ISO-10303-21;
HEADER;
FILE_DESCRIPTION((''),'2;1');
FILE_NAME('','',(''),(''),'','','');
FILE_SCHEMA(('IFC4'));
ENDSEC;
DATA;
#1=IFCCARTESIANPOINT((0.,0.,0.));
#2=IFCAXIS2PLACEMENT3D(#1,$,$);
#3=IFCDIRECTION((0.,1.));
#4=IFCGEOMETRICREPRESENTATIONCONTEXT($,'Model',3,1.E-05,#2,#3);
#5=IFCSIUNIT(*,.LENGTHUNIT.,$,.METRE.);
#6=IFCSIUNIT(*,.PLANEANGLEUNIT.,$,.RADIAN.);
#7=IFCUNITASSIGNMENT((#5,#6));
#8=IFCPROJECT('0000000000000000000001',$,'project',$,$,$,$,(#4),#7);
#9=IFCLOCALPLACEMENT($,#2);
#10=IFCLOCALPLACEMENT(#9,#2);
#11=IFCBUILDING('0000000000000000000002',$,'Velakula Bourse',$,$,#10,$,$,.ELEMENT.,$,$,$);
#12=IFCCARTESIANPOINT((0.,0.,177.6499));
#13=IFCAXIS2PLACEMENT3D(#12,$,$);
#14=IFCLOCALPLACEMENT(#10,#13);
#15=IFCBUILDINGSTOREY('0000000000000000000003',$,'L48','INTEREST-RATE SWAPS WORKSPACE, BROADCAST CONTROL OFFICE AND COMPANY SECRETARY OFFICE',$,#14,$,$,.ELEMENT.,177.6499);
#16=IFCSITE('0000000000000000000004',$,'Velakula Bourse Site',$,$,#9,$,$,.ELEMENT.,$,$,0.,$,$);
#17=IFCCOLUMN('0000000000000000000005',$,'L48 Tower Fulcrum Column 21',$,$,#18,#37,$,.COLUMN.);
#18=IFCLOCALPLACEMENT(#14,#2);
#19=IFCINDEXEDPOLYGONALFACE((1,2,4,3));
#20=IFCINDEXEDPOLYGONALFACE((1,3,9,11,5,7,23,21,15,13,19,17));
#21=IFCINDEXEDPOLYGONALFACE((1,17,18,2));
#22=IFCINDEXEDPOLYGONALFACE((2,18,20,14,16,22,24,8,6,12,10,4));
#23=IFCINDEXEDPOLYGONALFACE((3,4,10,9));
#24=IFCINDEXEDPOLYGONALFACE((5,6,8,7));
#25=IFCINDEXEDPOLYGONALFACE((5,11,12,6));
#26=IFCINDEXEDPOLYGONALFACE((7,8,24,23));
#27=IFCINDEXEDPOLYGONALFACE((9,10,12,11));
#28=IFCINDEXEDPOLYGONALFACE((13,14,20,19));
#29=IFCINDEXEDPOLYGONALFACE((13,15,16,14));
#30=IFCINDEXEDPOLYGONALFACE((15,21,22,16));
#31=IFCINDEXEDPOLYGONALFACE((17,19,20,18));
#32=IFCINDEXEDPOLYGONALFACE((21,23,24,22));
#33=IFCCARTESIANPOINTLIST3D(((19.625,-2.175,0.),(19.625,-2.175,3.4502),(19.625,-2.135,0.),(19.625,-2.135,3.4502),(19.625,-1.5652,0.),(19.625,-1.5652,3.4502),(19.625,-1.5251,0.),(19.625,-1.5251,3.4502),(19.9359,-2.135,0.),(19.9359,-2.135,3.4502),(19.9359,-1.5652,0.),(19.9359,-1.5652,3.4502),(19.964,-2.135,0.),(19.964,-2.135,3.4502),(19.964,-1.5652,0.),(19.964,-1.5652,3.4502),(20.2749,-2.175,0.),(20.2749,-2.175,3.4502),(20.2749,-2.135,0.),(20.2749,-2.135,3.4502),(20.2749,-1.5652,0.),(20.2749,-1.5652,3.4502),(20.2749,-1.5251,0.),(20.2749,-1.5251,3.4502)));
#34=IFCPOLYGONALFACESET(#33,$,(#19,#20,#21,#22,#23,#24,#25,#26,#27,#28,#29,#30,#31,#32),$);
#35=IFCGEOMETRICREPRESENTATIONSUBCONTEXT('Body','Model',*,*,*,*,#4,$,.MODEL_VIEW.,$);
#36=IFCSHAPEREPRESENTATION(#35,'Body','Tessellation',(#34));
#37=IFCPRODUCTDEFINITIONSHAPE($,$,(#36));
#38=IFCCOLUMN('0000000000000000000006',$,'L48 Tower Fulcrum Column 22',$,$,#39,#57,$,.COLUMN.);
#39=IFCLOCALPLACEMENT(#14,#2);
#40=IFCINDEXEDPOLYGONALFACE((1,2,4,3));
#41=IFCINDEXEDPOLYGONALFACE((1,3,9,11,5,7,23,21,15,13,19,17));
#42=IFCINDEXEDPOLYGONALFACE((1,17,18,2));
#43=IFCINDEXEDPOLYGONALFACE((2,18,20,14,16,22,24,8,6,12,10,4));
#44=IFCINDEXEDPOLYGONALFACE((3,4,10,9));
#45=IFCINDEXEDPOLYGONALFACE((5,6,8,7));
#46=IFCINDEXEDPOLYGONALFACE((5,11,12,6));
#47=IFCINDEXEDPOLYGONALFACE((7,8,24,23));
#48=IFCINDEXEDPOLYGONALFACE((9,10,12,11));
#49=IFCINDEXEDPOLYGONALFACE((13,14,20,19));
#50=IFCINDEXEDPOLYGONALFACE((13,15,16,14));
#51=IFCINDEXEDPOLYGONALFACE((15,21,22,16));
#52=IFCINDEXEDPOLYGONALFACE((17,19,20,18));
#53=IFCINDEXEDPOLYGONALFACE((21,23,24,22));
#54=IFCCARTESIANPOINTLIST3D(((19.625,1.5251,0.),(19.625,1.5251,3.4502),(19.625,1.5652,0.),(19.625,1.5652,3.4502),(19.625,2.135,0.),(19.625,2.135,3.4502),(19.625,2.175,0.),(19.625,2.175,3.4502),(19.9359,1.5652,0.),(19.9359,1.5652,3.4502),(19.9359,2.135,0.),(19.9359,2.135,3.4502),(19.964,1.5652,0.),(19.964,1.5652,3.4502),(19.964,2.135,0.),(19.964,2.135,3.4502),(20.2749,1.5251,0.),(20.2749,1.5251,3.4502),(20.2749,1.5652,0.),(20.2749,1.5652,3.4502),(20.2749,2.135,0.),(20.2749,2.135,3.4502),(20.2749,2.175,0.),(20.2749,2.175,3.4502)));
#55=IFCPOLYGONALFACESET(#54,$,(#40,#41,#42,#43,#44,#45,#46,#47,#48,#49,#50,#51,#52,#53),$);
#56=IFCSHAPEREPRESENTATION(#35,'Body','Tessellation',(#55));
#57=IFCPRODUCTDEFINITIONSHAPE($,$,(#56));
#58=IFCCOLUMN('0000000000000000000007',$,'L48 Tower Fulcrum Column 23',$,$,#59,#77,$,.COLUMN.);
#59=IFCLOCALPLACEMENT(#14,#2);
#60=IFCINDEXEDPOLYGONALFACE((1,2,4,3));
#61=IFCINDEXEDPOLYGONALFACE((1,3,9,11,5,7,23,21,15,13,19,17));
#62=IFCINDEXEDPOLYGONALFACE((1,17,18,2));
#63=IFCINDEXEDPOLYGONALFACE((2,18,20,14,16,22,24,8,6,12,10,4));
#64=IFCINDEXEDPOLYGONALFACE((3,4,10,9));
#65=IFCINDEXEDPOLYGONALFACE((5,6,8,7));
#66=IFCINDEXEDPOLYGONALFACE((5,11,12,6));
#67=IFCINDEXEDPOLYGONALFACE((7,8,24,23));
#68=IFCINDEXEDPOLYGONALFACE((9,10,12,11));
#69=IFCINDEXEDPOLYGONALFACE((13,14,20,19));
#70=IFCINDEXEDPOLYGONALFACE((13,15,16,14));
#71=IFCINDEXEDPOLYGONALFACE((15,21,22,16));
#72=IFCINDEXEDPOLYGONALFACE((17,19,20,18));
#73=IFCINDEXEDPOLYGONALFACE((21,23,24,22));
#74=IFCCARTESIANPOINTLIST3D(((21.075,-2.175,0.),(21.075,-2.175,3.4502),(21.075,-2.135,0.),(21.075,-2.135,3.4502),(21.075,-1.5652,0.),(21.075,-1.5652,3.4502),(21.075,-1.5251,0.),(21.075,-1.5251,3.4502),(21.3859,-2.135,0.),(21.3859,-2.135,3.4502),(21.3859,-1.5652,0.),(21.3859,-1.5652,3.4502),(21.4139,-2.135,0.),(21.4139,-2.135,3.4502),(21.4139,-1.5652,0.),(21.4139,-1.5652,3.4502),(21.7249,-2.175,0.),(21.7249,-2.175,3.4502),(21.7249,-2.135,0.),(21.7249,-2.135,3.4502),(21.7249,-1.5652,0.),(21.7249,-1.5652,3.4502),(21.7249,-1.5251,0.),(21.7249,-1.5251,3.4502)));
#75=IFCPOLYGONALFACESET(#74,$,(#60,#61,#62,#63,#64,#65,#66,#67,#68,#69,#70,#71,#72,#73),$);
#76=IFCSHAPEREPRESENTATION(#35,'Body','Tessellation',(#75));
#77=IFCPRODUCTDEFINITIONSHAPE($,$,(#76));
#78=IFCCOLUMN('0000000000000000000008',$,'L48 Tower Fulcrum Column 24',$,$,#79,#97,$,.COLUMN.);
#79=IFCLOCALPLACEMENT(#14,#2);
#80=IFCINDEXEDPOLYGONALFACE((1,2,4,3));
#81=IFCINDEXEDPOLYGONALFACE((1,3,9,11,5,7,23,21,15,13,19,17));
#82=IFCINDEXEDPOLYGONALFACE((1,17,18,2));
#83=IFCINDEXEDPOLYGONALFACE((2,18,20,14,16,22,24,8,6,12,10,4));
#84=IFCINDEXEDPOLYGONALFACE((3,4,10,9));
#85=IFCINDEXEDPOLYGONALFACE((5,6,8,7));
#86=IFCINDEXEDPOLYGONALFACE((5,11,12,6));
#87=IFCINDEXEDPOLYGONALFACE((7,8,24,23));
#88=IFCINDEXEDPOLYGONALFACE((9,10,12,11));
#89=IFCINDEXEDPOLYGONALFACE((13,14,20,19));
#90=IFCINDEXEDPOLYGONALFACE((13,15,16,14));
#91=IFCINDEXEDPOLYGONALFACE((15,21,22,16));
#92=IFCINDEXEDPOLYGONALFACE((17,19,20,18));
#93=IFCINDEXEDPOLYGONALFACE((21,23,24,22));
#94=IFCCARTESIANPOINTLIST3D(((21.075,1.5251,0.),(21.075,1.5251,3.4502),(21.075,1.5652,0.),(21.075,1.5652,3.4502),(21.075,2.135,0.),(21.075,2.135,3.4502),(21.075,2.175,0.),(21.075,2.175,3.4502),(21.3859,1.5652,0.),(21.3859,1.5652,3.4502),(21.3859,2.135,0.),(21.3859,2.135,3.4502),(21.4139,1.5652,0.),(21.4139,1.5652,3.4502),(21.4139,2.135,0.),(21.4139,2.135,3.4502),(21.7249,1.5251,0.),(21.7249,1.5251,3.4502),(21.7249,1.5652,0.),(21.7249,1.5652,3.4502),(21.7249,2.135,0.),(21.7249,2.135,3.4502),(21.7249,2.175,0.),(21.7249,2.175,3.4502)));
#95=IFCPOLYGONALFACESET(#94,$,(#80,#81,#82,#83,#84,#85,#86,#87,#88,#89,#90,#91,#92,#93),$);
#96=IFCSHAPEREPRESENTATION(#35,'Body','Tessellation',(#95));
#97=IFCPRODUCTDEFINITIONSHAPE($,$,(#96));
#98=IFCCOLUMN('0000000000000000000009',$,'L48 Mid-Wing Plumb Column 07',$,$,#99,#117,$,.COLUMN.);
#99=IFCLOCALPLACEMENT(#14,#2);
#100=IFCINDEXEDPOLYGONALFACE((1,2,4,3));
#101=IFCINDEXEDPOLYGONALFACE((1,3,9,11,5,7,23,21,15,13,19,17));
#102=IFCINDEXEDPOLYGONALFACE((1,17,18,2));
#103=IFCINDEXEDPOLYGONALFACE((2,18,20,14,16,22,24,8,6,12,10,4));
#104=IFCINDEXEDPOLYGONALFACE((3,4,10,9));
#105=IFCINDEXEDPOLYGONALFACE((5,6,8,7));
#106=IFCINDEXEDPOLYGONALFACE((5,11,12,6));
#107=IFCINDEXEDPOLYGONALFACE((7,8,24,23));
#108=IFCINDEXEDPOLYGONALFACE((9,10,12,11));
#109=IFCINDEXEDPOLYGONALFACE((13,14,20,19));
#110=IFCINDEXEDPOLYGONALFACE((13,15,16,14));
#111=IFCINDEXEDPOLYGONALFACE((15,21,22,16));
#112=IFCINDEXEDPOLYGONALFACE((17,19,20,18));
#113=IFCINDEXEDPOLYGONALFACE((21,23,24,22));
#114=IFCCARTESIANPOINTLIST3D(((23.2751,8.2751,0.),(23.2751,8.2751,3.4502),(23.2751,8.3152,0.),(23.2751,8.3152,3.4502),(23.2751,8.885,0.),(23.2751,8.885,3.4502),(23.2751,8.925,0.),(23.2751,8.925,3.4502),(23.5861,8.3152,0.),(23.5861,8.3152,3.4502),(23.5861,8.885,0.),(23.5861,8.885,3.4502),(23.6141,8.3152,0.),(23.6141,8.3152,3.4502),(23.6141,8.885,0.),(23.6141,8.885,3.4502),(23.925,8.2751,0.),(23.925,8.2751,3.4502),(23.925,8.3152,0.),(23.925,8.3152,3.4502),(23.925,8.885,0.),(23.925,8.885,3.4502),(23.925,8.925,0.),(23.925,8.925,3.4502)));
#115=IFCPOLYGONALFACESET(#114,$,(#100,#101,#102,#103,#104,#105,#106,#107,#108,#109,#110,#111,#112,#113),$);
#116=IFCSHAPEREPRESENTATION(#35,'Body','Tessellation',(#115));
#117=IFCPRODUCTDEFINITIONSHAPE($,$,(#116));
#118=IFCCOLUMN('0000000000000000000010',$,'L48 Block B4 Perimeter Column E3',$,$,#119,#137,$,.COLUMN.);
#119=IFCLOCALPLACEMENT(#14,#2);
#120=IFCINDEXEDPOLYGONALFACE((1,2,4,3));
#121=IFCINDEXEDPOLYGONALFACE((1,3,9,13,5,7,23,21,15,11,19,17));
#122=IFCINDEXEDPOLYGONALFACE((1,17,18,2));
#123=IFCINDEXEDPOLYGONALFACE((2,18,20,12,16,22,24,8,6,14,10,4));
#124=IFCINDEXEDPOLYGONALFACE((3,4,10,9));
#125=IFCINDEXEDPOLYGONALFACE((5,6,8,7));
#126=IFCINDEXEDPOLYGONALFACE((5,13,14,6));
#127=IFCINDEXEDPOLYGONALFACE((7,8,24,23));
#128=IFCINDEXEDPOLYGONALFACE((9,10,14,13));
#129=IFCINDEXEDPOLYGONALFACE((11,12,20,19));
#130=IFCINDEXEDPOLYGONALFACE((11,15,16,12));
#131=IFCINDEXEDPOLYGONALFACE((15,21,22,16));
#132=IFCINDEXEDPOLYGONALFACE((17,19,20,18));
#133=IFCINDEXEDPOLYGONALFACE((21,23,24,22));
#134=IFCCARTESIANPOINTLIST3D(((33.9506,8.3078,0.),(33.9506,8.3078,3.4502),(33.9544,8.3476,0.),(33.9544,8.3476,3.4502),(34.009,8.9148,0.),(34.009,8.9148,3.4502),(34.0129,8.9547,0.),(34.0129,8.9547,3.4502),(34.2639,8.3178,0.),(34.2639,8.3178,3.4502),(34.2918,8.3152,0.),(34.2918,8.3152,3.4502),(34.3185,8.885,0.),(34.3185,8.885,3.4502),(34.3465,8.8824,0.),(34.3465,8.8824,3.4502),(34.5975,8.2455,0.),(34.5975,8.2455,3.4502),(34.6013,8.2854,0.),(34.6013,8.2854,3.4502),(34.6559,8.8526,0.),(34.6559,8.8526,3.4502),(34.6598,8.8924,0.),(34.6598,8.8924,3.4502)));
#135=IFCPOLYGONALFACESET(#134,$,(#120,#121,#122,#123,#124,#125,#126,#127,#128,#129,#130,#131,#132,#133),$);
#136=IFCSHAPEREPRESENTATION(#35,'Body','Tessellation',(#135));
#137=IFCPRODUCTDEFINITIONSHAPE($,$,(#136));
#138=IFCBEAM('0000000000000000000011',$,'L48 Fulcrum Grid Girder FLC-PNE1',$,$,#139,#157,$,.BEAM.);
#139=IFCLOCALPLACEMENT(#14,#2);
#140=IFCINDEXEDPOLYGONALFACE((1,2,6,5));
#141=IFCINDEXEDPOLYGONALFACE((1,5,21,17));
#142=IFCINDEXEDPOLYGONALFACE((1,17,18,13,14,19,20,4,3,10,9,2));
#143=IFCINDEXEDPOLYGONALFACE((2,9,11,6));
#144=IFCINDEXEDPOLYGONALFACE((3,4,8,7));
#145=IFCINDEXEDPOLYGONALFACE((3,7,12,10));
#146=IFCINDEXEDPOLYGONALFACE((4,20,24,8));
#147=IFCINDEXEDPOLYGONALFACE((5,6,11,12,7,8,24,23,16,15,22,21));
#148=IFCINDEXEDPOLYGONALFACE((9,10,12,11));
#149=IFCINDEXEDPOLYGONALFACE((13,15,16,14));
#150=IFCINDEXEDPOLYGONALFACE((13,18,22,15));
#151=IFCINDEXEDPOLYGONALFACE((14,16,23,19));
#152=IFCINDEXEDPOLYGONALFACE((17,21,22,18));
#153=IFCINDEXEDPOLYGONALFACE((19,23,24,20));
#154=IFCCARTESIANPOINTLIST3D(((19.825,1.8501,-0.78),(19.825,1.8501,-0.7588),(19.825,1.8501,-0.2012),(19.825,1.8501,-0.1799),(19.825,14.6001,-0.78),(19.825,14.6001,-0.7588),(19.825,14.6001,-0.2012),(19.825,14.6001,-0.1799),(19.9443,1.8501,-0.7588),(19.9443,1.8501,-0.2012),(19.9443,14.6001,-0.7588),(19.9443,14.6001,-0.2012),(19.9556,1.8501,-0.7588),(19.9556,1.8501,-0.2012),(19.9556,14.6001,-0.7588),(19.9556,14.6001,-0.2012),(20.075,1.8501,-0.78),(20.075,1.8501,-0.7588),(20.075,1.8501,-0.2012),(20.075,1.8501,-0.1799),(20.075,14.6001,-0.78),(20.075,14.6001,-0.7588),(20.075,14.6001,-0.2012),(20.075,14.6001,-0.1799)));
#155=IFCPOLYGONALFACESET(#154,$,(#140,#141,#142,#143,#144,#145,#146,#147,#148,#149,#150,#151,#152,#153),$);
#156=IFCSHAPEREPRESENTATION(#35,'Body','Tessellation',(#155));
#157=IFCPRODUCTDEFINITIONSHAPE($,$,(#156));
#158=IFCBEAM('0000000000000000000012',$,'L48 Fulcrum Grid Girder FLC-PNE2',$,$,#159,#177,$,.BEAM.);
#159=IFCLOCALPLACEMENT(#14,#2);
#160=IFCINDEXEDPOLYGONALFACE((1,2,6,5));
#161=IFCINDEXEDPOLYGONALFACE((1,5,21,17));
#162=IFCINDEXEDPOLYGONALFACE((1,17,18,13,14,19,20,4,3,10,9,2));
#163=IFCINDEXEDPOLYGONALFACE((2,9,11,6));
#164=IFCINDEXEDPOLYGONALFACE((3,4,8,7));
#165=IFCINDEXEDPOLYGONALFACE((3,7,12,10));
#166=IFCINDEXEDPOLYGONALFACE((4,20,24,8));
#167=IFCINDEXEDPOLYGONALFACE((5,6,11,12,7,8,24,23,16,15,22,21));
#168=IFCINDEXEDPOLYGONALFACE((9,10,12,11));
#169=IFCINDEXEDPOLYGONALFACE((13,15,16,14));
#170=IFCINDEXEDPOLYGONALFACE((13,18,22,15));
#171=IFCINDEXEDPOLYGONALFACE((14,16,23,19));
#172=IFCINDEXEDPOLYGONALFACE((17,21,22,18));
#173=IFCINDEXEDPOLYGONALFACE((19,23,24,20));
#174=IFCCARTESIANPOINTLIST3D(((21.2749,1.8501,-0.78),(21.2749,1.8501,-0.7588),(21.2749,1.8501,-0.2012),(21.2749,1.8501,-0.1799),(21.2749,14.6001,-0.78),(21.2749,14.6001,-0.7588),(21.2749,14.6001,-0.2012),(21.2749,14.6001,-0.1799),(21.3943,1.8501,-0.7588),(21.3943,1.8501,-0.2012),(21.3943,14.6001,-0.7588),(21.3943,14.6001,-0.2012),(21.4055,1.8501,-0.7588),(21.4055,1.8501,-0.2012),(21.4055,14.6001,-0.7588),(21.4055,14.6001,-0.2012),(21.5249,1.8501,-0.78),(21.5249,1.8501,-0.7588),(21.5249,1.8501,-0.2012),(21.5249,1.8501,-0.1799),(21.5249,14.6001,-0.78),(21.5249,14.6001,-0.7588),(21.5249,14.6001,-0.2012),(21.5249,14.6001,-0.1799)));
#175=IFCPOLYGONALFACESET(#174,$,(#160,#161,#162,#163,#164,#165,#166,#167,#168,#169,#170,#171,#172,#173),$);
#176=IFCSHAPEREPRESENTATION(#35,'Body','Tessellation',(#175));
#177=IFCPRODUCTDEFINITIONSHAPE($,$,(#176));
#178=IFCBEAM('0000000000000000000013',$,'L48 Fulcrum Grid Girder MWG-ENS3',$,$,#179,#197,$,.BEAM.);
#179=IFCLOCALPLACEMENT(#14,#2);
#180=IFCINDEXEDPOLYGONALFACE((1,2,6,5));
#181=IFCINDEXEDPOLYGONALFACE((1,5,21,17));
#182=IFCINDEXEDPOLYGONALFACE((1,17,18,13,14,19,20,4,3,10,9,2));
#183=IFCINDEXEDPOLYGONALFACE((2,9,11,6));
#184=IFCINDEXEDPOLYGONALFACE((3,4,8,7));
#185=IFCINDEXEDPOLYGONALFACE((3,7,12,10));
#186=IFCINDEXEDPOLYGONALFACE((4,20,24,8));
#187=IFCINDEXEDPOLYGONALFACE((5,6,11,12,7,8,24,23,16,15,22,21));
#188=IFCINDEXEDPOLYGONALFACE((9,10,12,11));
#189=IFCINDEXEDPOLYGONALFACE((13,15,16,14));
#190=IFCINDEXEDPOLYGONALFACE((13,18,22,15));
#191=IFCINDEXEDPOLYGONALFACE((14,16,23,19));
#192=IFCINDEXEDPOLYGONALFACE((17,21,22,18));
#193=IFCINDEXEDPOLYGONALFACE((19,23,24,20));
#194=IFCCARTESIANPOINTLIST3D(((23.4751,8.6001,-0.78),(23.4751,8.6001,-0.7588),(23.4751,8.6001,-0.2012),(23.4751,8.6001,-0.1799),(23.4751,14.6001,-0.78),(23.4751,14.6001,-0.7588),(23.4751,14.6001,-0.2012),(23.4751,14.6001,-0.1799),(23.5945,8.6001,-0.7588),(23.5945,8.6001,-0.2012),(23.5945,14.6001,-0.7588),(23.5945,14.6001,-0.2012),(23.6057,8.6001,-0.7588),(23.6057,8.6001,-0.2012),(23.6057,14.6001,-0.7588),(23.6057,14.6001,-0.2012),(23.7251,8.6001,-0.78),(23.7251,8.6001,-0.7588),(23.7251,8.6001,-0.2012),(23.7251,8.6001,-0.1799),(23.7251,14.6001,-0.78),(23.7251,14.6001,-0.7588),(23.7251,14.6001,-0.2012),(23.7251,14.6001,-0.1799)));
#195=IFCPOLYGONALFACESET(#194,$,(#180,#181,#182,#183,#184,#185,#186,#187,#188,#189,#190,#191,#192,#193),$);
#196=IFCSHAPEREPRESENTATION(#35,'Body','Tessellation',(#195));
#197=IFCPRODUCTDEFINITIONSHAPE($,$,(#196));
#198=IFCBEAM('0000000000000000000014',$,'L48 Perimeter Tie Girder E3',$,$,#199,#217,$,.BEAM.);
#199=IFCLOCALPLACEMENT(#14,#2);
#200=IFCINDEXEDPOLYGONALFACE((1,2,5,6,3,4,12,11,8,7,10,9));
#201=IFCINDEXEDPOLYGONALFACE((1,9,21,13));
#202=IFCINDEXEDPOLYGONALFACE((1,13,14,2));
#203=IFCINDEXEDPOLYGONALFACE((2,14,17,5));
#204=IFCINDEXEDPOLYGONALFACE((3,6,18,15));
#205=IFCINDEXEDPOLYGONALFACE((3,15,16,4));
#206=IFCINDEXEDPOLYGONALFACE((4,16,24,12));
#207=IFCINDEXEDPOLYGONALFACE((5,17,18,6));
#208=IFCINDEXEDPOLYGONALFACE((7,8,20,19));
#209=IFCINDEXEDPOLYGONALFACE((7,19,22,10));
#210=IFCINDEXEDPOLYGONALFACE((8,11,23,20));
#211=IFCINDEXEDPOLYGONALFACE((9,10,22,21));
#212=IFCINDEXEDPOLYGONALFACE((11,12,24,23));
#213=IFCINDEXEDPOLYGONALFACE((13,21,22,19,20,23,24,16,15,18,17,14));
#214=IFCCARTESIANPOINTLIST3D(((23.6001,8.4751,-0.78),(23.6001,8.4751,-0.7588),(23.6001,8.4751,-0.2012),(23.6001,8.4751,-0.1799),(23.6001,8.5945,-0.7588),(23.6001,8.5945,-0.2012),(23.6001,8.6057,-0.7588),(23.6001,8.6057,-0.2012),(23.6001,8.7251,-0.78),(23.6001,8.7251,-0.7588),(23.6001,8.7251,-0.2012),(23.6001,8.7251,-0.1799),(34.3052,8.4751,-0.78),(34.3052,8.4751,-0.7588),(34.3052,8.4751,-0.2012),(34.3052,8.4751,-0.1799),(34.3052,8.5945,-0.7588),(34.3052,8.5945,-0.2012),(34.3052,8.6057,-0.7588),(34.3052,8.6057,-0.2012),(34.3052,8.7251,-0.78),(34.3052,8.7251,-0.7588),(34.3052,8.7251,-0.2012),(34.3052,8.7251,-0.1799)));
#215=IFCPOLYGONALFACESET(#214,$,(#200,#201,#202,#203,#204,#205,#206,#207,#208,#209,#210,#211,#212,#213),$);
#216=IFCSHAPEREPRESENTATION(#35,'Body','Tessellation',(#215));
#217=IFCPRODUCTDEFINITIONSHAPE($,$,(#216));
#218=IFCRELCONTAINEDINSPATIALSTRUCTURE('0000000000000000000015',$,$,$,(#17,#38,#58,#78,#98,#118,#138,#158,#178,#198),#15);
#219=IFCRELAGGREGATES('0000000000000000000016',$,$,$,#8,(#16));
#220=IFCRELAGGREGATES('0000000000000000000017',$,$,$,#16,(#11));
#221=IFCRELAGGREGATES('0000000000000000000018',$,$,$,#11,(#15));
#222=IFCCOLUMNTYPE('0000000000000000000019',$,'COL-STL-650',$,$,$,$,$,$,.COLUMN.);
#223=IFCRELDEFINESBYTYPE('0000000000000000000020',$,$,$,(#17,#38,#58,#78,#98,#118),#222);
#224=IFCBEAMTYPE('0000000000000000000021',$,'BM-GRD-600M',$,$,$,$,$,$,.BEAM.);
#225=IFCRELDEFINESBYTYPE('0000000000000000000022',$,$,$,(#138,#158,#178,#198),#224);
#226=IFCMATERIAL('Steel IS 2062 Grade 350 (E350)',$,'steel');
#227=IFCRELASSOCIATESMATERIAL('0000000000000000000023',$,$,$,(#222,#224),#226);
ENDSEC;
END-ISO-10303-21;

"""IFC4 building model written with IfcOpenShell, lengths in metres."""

from ifc_helpers import new_model, si_unit, direction, frame, origin, origin_2d, place, context, subcontext, project, spatial, i_section, extrude, material, material_profile, profile_set, type_object, element, save


model = new_model("IFC4")

# Units and contexts
model_context = context("Model", 3, precision=1e-05, world=origin(), true_north=direction((0.0, 1.0)))
body_context = subcontext(model_context, "Body", "Model", "MODEL_VIEW")
ifc_project = project(units=[si_unit("LENGTHUNIT", "METRE"), si_unit("PLANEANGLEUNIT", "RADIAN")], contexts=[model_context])

# Site, building, storey
site_placement = place(None, origin())
site = spatial("IfcSite", under=ifc_project, at=site_placement, Name="Velakula Bourse Site", CompositionType="ELEMENT", RefElevation=0.0)
building_placement = place(site_placement, origin())
building = spatial("IfcBuilding", under=site, at=building_placement, Name="Velakula Bourse", CompositionType="ELEMENT")
storey_placement = place(building_placement, frame((0.0, 0.0, 177.6499)))
storey = spatial("IfcBuildingStorey", under=building, at=storey_placement, Name="L48", Description="INTEREST-RATE SWAPS WORKSPACE, BROADCAST CONTROL OFFICE AND COMPANY SECRETARY OFFICE", CompositionType="ELEMENT", Elevation=177.6499)

# Columns
ifc_material_1 = material(Name="Steel IS 2062 Grade 350 (E350)", Category="steel")
ifc_material_profile_1 = material_profile(ifc_material_1, i_section(OverallWidth=0.6499, OverallDepth=0.6499, WebThickness=0.0281, FlangeThickness=0.04, at=origin_2d()), Name="Steel IS 2062 Grade 350 (E350)")
ifc_profile_set_1 = profile_set([ifc_material_profile_1], Name="Steel IS 2062 Grade 350 (E350)")
column_type = type_object("IfcColumnType", Name="COL-STL-650", PredefinedType="COLUMN", material=ifc_profile_set_1)
for number, where, z_axis, x_axis, name in (
    (1, (19.95, -1.8501, 0.0), (0.0, 0.0, 1.0), (1.0, 0.0, 0.0), "L48 Tower Fulcrum Column 21"),
    (2, (19.95, 1.8501, 0.0), (0.0, 0.0, 1.0), (1.0, 0.0, 0.0), "L48 Tower Fulcrum Column 22"),
    (3, (21.3999, -1.8501, 0.0), (0.0, 0.0, 1.0), (1.0, 0.0, 0.0), "L48 Tower Fulcrum Column 23"),
    (4, (21.3999, 1.8501, 0.0), (0.0, 0.0, 1.0), (1.0, 0.0, 0.0), "L48 Tower Fulcrum Column 24"),
    (5, (23.6001, 8.6001, 0.0), (0.0, 0.0, 1.0), (1.0, 0.0, 0.0), "L48 Mid-Wing Plumb Column 07"),
    (6, (34.3052, 8.6001, 0.0), (0.0, 0.0, 1.0), (0.995396, -0.095846, 0.0), "L48 Block B4 Perimeter Column E3"),
):
    element("IfcColumn", number, at=place(storey_placement, frame(where, z_axis=z_axis, x_axis=x_axis)), inside=storey, type_object=column_type, Name=name, PredefinedType="COLUMN", context=body_context, shape_type="SweptSolid", body=[
        extrude(i_section(OverallWidth=0.6499, OverallDepth=0.6499, WebThickness=0.0281, FlangeThickness=0.04, at=origin_2d()), origin(), (0.0, 0.0, 1.0), 3.4502),
    ])

# Beams
ifc_material_profile_2 = material_profile(ifc_material_1, i_section(OverallWidth=0.25, OverallDepth=0.6001, WebThickness=0.0112, FlangeThickness=0.0212, at=origin_2d()), Name="Steel IS 2062 Grade 350 (E350)")
ifc_profile_set_2 = profile_set([ifc_material_profile_2], Name="Steel IS 2062 Grade 350 (E350)")
beam_type_1 = type_object("IfcBeamType", Name="BM-GRD-600M", PredefinedType="BEAM", material=ifc_profile_set_2)
for number, where, z_axis, x_axis, name in (
    (7, (19.95, 1.8501, -0.48), (0.0, 1.0, 0.0), (-1.0, 0.0, 0.0), "L48 Fulcrum Grid Girder FLC-PNE1"),
    (8, (21.3999, 1.8501, -0.48), (0.0, 1.0, 0.0), (-1.0, 0.0, 0.0), "L48 Fulcrum Grid Girder FLC-PNE2"),
):
    element("IfcBeam", number, at=place(storey_placement, frame(where, z_axis=z_axis, x_axis=x_axis)), inside=storey, type_object=beam_type_1, Name=name, PredefinedType="BEAM", context=body_context, shape_type="SweptSolid", body=[
        extrude(i_section(OverallWidth=0.25, OverallDepth=0.6001, WebThickness=0.0112, FlangeThickness=0.0212, at=origin_2d()), origin(), (0.0, 0.0, 1.0), 12.75),
    ])
beam_1_placement = place(storey_placement, frame((23.6001, 8.6001, -0.48), z_axis=(0.0, 1.0, 0.0), x_axis=(-1.0, 0.0, 0.0)))
element("IfcBeam", 9, at=beam_1_placement, inside=storey, type_object=beam_type_1, Name="L48 Fulcrum Grid Girder MWG-ENS3", PredefinedType="BEAM", context=body_context, shape_type="SweptSolid", body=[
    extrude(i_section(OverallWidth=0.25, OverallDepth=0.6001, WebThickness=0.0112, FlangeThickness=0.0212, at=origin_2d()), origin(), (0.0, 0.0, 1.0), 6.0),
])
beam_2_placement = place(storey_placement, frame((23.6001, 8.6001, -0.48), z_axis=(1.0, 0.0, 0.0), x_axis=(0.0, 1.0, 0.0)))
element("IfcBeam", 10, at=beam_2_placement, inside=storey, type_object=beam_type_1, Name="L48 Perimeter Tie Girder E3", PredefinedType="BEAM", context=body_context, shape_type="SweptSolid", body=[
    extrude(i_section(OverallWidth=0.25, OverallDepth=0.6001, WebThickness=0.0112, FlangeThickness=0.0212, at=origin_2d()), origin(), (0.0, 0.0, 1.0), 10.7051),
])

save(model, "model.ifc")
